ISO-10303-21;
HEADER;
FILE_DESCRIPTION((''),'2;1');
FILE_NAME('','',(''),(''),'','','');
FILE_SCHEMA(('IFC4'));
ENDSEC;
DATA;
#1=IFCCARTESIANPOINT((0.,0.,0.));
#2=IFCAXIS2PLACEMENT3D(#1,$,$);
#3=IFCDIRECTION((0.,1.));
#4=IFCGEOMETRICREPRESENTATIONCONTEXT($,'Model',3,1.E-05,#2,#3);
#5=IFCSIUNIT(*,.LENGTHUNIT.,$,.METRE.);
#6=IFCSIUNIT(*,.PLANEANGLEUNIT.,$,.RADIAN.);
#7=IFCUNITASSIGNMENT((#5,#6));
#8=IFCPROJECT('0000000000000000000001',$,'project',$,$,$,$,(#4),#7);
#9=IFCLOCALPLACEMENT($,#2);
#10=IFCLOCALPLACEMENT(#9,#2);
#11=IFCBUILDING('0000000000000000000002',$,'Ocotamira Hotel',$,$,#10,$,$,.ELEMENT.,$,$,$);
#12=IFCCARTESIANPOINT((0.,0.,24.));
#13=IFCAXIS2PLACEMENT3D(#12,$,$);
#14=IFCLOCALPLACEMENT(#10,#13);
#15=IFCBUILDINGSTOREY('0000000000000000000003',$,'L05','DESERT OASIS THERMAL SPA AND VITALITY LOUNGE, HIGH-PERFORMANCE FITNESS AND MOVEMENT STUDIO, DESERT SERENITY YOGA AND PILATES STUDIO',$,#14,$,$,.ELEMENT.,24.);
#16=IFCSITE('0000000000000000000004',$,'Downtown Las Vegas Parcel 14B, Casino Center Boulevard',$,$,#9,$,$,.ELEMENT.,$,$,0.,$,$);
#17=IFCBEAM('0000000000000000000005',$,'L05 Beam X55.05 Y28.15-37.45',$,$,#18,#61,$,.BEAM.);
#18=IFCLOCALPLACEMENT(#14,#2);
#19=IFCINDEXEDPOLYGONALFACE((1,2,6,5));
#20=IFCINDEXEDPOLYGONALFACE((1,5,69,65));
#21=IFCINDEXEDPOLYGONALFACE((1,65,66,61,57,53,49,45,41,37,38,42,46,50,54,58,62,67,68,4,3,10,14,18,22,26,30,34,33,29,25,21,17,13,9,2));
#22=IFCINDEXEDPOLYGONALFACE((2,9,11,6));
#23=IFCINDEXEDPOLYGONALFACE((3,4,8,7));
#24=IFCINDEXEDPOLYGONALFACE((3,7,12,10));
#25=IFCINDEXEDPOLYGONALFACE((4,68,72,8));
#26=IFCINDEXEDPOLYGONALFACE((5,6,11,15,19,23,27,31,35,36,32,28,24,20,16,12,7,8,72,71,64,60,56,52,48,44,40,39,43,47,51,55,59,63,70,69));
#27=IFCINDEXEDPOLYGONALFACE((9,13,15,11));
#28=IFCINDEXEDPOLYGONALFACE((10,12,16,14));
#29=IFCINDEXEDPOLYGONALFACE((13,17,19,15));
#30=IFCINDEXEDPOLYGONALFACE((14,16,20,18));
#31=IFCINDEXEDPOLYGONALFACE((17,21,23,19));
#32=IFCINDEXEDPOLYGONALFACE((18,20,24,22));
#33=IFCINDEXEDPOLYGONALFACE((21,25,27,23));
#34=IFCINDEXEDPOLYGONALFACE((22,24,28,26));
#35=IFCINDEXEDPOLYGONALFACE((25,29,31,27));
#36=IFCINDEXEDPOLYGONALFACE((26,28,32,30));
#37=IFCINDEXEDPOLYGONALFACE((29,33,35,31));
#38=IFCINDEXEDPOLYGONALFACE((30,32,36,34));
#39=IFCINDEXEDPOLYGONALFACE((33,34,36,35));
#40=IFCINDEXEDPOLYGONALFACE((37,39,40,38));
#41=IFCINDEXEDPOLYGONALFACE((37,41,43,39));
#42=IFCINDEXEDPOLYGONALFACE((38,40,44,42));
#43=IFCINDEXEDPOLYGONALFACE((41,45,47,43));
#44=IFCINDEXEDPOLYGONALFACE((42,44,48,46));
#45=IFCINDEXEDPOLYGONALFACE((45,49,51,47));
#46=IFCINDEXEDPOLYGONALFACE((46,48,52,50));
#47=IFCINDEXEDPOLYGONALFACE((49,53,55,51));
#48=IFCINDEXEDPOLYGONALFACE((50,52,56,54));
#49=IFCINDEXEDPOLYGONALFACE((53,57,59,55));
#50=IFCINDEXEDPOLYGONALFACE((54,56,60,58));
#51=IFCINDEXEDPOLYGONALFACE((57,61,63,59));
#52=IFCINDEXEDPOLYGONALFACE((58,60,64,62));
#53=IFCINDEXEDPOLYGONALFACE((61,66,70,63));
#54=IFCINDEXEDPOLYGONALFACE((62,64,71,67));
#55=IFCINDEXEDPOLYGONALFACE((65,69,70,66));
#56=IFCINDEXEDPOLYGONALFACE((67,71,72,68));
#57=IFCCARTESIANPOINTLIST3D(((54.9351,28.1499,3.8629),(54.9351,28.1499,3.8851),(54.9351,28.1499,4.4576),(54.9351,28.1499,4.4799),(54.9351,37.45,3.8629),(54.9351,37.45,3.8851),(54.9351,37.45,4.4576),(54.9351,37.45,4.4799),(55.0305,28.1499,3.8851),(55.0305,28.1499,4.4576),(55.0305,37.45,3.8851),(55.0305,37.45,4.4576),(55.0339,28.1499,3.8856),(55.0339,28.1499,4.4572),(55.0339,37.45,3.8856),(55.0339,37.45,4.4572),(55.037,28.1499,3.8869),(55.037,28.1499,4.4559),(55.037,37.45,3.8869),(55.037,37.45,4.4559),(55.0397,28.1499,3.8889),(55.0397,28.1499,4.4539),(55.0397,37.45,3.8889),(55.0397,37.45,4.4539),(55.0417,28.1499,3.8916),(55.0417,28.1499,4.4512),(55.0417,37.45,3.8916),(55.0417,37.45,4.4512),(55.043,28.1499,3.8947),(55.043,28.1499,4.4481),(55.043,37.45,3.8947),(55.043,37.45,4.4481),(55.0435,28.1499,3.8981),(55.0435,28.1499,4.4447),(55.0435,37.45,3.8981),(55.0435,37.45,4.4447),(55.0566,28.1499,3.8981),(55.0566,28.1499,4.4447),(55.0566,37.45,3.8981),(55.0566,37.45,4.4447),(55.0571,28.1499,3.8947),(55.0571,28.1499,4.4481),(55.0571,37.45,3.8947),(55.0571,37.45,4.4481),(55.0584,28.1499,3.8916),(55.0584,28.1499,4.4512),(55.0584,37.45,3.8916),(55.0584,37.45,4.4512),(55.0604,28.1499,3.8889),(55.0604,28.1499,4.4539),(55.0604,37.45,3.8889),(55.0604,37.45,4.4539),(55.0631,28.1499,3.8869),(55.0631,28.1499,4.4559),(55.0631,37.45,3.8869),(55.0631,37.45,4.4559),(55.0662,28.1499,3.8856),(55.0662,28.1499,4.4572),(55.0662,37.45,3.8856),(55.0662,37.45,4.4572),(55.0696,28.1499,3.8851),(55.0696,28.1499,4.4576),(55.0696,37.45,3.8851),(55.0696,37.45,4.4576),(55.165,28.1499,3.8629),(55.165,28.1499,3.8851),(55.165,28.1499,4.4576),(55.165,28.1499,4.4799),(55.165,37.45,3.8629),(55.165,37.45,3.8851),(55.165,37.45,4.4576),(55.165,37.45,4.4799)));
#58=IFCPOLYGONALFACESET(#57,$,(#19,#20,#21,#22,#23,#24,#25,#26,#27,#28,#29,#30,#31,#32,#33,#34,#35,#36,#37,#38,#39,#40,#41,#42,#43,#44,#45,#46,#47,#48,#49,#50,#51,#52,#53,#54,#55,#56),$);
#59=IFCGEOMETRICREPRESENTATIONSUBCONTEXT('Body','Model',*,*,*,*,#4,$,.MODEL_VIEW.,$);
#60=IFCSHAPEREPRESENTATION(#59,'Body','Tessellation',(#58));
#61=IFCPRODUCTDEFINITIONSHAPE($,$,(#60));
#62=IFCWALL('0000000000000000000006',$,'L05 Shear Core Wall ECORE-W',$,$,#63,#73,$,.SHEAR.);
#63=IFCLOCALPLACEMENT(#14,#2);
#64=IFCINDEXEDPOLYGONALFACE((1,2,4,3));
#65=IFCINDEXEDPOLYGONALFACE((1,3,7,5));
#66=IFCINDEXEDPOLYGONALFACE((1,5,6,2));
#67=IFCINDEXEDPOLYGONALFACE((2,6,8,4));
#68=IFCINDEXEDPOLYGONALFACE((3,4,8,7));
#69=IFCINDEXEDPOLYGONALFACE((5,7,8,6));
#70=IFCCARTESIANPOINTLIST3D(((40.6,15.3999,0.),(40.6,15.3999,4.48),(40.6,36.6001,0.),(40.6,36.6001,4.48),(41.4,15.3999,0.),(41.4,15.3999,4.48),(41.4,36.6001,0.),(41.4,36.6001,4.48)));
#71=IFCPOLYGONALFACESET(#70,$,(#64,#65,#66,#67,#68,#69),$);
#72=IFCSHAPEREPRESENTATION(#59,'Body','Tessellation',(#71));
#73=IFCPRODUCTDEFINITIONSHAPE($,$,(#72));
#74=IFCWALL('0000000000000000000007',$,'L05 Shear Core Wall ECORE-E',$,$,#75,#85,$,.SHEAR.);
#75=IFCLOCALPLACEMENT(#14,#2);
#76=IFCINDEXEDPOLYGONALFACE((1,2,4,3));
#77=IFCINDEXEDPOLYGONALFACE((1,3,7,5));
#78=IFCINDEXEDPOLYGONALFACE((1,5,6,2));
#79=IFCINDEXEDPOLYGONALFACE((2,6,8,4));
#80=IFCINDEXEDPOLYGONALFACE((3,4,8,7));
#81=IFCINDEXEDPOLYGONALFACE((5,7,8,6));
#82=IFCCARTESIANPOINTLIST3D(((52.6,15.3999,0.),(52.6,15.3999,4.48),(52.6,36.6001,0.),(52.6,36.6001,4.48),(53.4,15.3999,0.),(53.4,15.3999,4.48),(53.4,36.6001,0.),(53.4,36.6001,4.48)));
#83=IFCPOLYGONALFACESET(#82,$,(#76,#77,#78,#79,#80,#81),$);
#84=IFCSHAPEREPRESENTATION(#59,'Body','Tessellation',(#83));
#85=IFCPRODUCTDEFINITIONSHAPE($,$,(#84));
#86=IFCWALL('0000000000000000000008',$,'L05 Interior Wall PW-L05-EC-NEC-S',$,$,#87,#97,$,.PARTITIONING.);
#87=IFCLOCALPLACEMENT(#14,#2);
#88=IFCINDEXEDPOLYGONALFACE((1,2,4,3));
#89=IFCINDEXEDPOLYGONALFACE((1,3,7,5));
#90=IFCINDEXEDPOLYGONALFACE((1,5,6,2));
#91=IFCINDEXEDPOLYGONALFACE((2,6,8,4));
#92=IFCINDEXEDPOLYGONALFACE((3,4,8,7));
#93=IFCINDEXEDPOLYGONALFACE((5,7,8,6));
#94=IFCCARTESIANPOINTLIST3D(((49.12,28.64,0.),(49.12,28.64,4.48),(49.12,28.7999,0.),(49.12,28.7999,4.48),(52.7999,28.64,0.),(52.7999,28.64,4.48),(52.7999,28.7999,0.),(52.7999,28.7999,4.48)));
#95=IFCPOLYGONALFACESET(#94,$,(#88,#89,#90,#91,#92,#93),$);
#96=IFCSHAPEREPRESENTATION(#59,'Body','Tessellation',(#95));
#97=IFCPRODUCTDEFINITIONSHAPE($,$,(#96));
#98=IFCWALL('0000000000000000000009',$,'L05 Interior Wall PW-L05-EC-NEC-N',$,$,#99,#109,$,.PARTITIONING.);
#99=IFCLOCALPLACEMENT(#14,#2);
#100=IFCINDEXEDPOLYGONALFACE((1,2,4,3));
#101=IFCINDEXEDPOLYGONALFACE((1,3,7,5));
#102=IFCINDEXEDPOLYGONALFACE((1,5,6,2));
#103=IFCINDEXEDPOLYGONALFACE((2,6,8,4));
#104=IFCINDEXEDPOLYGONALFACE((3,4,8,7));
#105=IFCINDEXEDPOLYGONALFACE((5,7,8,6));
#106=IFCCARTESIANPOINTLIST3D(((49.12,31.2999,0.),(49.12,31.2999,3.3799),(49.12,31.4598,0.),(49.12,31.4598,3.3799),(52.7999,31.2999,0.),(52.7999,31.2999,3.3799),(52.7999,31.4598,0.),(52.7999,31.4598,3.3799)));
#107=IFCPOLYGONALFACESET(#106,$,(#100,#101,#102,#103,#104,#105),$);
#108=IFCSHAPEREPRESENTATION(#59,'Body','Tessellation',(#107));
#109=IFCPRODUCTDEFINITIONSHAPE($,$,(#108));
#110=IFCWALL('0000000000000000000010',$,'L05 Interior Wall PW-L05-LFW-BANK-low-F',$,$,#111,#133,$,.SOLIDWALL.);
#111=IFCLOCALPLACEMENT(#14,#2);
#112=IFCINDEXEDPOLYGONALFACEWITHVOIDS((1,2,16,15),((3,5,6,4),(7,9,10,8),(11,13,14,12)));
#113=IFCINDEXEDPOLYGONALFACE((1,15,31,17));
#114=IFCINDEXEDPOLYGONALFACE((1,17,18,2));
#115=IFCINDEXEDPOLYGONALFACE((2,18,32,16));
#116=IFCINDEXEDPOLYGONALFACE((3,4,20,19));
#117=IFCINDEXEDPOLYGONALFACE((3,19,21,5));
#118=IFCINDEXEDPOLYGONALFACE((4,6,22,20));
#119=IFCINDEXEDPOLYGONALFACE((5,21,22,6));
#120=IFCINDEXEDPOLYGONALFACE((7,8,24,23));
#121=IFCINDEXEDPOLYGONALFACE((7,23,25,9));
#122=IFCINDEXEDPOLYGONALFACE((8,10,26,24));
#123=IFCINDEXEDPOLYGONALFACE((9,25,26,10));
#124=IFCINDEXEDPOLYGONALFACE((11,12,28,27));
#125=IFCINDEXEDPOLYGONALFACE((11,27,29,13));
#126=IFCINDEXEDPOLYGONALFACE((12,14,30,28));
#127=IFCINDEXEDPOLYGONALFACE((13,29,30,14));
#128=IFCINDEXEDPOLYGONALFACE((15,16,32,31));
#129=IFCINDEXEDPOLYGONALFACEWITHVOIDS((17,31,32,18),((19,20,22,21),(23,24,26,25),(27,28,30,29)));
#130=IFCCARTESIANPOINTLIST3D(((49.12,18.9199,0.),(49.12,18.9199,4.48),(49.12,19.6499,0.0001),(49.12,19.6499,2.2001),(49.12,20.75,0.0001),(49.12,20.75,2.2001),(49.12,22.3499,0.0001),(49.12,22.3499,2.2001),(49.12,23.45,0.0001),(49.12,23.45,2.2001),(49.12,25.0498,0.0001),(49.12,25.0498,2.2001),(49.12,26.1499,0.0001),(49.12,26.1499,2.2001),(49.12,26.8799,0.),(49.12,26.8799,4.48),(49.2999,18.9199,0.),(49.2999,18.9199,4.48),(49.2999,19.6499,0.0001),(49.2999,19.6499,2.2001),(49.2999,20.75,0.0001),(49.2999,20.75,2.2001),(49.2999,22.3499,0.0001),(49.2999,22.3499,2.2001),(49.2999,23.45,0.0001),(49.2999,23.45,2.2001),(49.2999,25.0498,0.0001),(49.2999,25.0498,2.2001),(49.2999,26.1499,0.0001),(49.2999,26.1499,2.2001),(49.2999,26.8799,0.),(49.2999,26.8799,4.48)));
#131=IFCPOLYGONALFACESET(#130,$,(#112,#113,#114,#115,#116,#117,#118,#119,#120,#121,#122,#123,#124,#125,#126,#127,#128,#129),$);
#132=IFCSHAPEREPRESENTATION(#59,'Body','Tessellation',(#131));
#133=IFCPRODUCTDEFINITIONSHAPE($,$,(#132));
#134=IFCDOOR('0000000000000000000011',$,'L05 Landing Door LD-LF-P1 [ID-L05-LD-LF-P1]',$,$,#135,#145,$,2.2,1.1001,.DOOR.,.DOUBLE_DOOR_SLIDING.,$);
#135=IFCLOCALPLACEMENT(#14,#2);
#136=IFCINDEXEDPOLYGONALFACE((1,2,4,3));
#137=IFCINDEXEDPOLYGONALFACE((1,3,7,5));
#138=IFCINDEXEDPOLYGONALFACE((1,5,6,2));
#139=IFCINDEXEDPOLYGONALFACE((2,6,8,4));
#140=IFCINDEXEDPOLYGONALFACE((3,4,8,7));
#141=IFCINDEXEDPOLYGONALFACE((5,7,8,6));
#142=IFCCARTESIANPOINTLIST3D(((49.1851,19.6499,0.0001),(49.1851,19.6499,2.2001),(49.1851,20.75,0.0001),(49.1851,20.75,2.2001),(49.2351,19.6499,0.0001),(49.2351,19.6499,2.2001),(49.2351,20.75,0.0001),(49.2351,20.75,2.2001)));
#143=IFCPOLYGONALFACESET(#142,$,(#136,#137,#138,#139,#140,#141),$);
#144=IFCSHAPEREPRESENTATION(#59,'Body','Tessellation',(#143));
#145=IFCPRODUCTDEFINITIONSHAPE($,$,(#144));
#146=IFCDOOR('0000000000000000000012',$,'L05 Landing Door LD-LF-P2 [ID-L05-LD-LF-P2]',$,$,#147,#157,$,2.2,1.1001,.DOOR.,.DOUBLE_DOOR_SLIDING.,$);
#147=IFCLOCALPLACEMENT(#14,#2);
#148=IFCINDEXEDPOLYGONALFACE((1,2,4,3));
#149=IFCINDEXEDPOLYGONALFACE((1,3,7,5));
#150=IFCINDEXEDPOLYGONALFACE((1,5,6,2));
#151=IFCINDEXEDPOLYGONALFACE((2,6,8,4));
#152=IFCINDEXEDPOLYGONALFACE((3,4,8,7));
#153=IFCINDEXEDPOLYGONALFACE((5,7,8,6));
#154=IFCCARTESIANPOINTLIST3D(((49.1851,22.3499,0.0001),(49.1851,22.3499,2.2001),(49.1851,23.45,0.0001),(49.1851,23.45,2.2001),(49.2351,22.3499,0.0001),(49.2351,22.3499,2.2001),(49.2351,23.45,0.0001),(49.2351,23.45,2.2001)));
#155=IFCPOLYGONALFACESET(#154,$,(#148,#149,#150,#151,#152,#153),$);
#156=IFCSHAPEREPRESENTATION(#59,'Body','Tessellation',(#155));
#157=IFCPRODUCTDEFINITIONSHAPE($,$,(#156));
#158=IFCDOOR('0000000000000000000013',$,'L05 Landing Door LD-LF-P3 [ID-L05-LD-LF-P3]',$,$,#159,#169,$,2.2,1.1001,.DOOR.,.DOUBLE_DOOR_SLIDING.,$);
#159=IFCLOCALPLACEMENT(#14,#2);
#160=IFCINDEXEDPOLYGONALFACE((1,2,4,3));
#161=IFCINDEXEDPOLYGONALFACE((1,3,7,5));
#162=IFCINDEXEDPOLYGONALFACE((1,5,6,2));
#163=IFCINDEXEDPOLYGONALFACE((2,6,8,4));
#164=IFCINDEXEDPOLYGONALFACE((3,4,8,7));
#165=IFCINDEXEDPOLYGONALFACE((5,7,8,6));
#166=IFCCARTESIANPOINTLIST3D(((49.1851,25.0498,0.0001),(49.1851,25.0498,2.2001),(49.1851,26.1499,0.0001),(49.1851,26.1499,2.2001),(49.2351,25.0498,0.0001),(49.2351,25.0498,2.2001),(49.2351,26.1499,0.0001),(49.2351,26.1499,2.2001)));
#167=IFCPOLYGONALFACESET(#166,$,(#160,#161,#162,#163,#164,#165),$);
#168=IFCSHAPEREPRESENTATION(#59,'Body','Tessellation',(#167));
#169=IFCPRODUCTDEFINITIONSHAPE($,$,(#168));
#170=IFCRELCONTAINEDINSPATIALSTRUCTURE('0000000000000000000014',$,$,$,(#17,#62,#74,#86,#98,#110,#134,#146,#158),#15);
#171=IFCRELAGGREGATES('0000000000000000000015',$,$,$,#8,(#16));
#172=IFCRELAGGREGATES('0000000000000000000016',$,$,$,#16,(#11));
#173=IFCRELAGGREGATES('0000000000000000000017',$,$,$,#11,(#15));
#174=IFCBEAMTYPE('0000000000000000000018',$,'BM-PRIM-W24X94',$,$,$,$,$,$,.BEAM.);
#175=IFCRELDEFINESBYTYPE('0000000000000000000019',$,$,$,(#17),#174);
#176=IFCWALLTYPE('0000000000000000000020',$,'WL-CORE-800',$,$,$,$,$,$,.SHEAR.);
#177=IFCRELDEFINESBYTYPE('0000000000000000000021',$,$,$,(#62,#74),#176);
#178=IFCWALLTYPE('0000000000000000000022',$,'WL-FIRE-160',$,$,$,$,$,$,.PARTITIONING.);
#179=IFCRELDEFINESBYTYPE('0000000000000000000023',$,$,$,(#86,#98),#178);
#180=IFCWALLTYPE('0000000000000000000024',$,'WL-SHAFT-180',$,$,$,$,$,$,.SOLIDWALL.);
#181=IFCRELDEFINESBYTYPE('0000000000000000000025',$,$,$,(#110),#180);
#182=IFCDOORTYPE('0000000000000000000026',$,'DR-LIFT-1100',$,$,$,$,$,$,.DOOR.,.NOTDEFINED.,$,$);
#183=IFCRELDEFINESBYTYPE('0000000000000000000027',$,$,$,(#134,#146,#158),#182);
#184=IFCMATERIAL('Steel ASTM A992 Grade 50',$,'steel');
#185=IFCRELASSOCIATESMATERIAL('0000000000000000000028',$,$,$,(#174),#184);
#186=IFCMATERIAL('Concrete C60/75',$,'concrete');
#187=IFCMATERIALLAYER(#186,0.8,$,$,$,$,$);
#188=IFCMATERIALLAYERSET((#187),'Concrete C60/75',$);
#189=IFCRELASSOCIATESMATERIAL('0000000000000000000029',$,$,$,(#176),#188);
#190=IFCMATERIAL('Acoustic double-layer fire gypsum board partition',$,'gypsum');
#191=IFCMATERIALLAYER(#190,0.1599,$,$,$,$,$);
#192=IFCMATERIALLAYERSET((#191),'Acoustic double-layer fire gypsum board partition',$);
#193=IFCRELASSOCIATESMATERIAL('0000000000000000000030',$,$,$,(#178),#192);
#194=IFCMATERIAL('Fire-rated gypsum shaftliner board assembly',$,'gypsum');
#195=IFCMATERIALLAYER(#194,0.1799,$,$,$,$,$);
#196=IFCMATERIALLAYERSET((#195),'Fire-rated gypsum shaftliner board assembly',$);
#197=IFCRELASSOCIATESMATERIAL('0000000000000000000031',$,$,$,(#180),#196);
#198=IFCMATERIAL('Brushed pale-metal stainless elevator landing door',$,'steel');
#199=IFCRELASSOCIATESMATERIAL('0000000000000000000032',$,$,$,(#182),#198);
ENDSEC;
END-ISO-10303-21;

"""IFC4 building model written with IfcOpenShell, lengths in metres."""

from ifc_helpers import new_model, si_unit, direction, frame, frame_2d, origin, origin_2d, place, context, subcontext, project, spatial, rectangle, i_section, extrude, source, transform, mapped, material, layer, layer_set, material_profile, profile_set, type_object, element, fill, save


model = new_model("IFC4")

# Units and contexts
model_context = context("Model", 3, precision=1e-05, world=origin(), true_north=direction((0.0, 1.0)))
body_context = subcontext(model_context, "Body", "Model", "MODEL_VIEW")
ifc_project = project(units=[si_unit("LENGTHUNIT", "METRE"), si_unit("PLANEANGLEUNIT", "RADIAN")], contexts=[model_context])

# Site, building, storey
site_placement = place(None, origin())
site = spatial("IfcSite", under=ifc_project, at=site_placement, Name="Downtown Las Vegas Parcel 14B, Casino Center Boulevard", CompositionType="ELEMENT", RefElevation=0.0)
building_placement = place(site_placement, origin())
building = spatial("IfcBuilding", under=site, at=building_placement, Name="Ocotamira Hotel", CompositionType="ELEMENT")
storey_placement = place(building_placement, frame((0.0, 0.0, 24.0)))
storey = spatial("IfcBuildingStorey", under=building, at=storey_placement, Name="L05", Description="DESERT OASIS THERMAL SPA AND VITALITY LOUNGE, HIGH-PERFORMANCE FITNESS AND MOVEMENT STUDIO, DESERT SERENITY YOGA AND PILATES STUDIO", CompositionType="ELEMENT", Elevation=24.0)

# Shared definitions
ifc_material_1 = material(Name="Concrete C60/75", Category="concrete")

# Beam
ifc_material_2 = material(Name="Steel ASTM A992 Grade 50", Category="steel")
ifc_material_profile_1 = material_profile(ifc_material_2, i_section(OverallWidth=0.23, OverallDepth=0.6169, WebThickness=0.0132, FlangeThickness=0.0222, FilletRadius=0.0129, at=origin_2d()), Name="W24X94")
ifc_profile_set_1 = profile_set([ifc_material_profile_1], Name="Steel ASTM A992 Grade 50")
beam_type_1 = type_object("IfcBeamType", Name="BM-PRIM-W24X94", PredefinedType="BEAM", material=ifc_profile_set_1)
shared_shape_1 = source(origin(), body_context, "Body", "SweptSolid", [
    extrude(i_section(OverallWidth=0.23, OverallDepth=0.6169, WebThickness=0.0132, FlangeThickness=0.0222, FilletRadius=0.0129, at=origin_2d()), origin(), (0.0, 0.0, 1.0), 9.3),
])
beam_1_placement = place(storey_placement, frame((55.05, 28.1499, 4.1714), z_axis=(0.0, 1.0, 0.0), x_axis=(-1.0, 0.0, 0.0)))
element("IfcBeam", 1, at=beam_1_placement, inside=storey, type_object=beam_type_1, Name="L05 Beam X55.05 Y28.15-37.45", PredefinedType="BEAM", context=body_context, shape_type="MappedRepresentation", body=[
    mapped(shared_shape_1, transform((0.0, 0.0, 0.0), scale=1.0)),
])

# Shared definitions
ifc_layer_1 = layer(ifc_material_1, 0.8)
ifc_layer_set_1 = layer_set([ifc_layer_1], Name="Concrete C60/75")
wall_type_1 = type_object("IfcWallType", Name="WL-CORE-800", PredefinedType="SHEAR", material=ifc_layer_set_1)

# Walls
for number, where, z_axis, x_axis, name in (
    (2, (41.0, 15.3999, 0.0), (0.0, 0.0, 1.0), (0.0, 1.0, 0.0), "L05 Shear Core Wall ECORE-W"),
    (3, (53.0, 15.3999, 0.0), (0.0, 0.0, 1.0), (0.0, 1.0, 0.0), "L05 Shear Core Wall ECORE-E"),
):
    element("IfcWall", number, at=place(storey_placement, frame(where, z_axis=z_axis, x_axis=x_axis)), inside=storey, type_object=wall_type_1, Name=name, PredefinedType="SHEAR", context=body_context, shape_type="SweptSolid", body=[
        extrude(rectangle(XDim=21.2002, YDim=0.8, at=frame_2d((10.6001, 0.0))), origin(), (0.0, 0.0, 1.0), 4.48),
    ])
ifc_material_3 = material(Name="Acoustic double-layer fire gypsum board partition", Category="gypsum")
ifc_layer_2 = layer(ifc_material_3, 0.1599)
ifc_layer_set_2 = layer_set([ifc_layer_2], Name="Acoustic double-layer fire gypsum board partition")
wall_type_2 = type_object("IfcWallType", Name="WL-FIRE-160", PredefinedType="PARTITIONING", material=ifc_layer_set_2)
wall_1_placement = place(storey_placement, frame((49.1201, 28.72, 0.0), z_axis=(0.0, 0.0, 1.0), x_axis=(1.0, 0.0, 0.0)))
element("IfcWall", 4, at=wall_1_placement, inside=storey, type_object=wall_type_2, Name="L05 Interior Wall PW-L05-EC-NEC-S", PredefinedType="PARTITIONING", context=body_context, shape_type="SweptSolid", body=[
    extrude(rectangle(XDim=3.6799, YDim=0.1599, at=frame_2d((1.8398, 0.0))), origin(), (0.0, 0.0, 1.0), 4.48),
])
wall_2_placement = place(storey_placement, frame((49.1201, 31.3799, 0.0), z_axis=(0.0, 0.0, 1.0), x_axis=(1.0, 0.0, 0.0)))
element("IfcWall", 5, at=wall_2_placement, inside=storey, type_object=wall_type_2, Name="L05 Interior Wall PW-L05-EC-NEC-N", PredefinedType="PARTITIONING", context=body_context, shape_type="SweptSolid", body=[
    extrude(rectangle(XDim=3.6799, YDim=0.1599, at=frame_2d((1.8398, 0.0))), origin(), (0.0, 0.0, 1.0), 3.3799),
])

# Wall, openings, doors
ifc_material_4 = material(Name="Fire-rated gypsum shaftliner board assembly", Category="gypsum")
ifc_layer_3 = layer(ifc_material_4, 0.1799)
ifc_layer_set_3 = layer_set([ifc_layer_3], Name="Fire-rated gypsum shaftliner board assembly")
wall_type_3 = type_object("IfcWallType", Name="WL-SHAFT-180", PredefinedType="SOLIDWALL", material=ifc_layer_set_3)
wall_3_placement = place(storey_placement, frame((49.21, 18.9199, 0.0), z_axis=(0.0, 0.0, 1.0), x_axis=(0.0, 1.0, 0.0)))
wall_3 = element("IfcWall", 6, at=wall_3_placement, inside=storey, type_object=wall_type_3, Name="L05 Interior Wall PW-L05-LFW-BANK-low-F", PredefinedType="SOLIDWALL", context=body_context, shape_type="SweptSolid", body=[
    extrude(rectangle(XDim=7.96, YDim=0.1799, at=frame_2d((3.98, 0.0))), origin(), (0.0, 0.0, 1.0), 4.48),
])
opening_1_placement = place(wall_3_placement, frame((0.73, 0.0, 0.0)))
opening_1 = element("IfcOpeningElement", 7, at=opening_1_placement, cuts=wall_3, PredefinedType="OPENING", context=body_context, shape_type="SweptSolid", body=[
    extrude(rectangle(XDim=1.1001, YDim=2.2, at=frame_2d((0.55, 1.1001))), frame((0.0, 0.1001, 0.0), z_axis=(0.0, -1.0, 0.0), x_axis=(1.0, 0.0, 0.0)), (0.0, 0.0, 1.0), 0.2),
])
opening_2_placement = place(wall_3_placement, frame((3.4299, 0.0, 0.0)))
opening_2 = element("IfcOpeningElement", 8, at=opening_2_placement, cuts=wall_3, PredefinedType="OPENING", context=body_context, shape_type="SweptSolid", body=[
    extrude(rectangle(XDim=1.1001, YDim=2.2, at=frame_2d((0.55, 1.1001))), frame((0.0, 0.1001, 0.0), z_axis=(0.0, -1.0, 0.0), x_axis=(1.0, 0.0, 0.0)), (0.0, 0.0, 1.0), 0.2),
])
opening_3_placement = place(wall_3_placement, frame((6.1299, 0.0, 0.0)))
opening_3 = element("IfcOpeningElement", 9, at=opening_3_placement, cuts=wall_3, PredefinedType="OPENING", context=body_context, shape_type="SweptSolid", body=[
    extrude(rectangle(XDim=1.1001, YDim=2.2, at=frame_2d((0.55, 1.1001))), frame((0.0, 0.1001, 0.0), z_axis=(0.0, -1.0, 0.0), x_axis=(1.0, 0.0, 0.0)), (0.0, 0.0, 1.0), 0.2),
])
ifc_material_5 = material(Name="Brushed pale-metal stainless elevator landing door", Category="steel")
door_type_1 = type_object("IfcDoorType", Name="DR-LIFT-1100", OperationType="NOTDEFINED", PredefinedType="DOOR", material=ifc_material_5)
shared_shape_2 = source(origin(), body_context, "Body", "SweptSolid", [
    extrude(rectangle(XDim=1.1001, YDim=2.2, at=frame_2d((0.55, 1.1001))), frame((0.0, 0.0249, 0.0), z_axis=(0.0, -1.0, 0.0), x_axis=(1.0, 0.0, 0.0)), (0.0, 0.0, 1.0), 0.05),
])
door_1_placement = place(opening_1_placement, origin())
door_1 = element("IfcDoor", 10, at=door_1_placement, inside=storey, type_object=door_type_1, Name="L05 Landing Door LD-LF-P1 [ID-L05-LD-LF-P1]", OperationType="DOUBLE_DOOR_SLIDING", OverallHeight=2.2, OverallWidth=1.1001, PredefinedType="DOOR", context=body_context, shape_type="MappedRepresentation", body=[
    mapped(shared_shape_2, transform((0.0, 0.0, 0.0), scale=1.0)),
])
fill(opening_1, door_1)
door_2_placement = place(opening_2_placement, origin())
door_2 = element("IfcDoor", 11, at=door_2_placement, inside=storey, type_object=door_type_1, Name="L05 Landing Door LD-LF-P2 [ID-L05-LD-LF-P2]", OperationType="DOUBLE_DOOR_SLIDING", OverallHeight=2.2, OverallWidth=1.1001, PredefinedType="DOOR", context=body_context, shape_type="MappedRepresentation", body=[
    mapped(shared_shape_2, transform((0.0, 0.0, 0.0), scale=1.0)),
])
fill(opening_2, door_2)
door_3_placement = place(opening_3_placement, origin())
door_3 = element("IfcDoor", 12, at=door_3_placement, inside=storey, type_object=door_type_1, Name="L05 Landing Door LD-LF-P3 [ID-L05-LD-LF-P3]", OperationType="DOUBLE_DOOR_SLIDING", OverallHeight=2.2, OverallWidth=1.1001, PredefinedType="DOOR", context=body_context, shape_type="MappedRepresentation", body=[
    mapped(shared_shape_2, transform((0.0, 0.0, 0.0), scale=1.0)),
])
fill(opening_3, door_3)

save(model, "model.ifc")
